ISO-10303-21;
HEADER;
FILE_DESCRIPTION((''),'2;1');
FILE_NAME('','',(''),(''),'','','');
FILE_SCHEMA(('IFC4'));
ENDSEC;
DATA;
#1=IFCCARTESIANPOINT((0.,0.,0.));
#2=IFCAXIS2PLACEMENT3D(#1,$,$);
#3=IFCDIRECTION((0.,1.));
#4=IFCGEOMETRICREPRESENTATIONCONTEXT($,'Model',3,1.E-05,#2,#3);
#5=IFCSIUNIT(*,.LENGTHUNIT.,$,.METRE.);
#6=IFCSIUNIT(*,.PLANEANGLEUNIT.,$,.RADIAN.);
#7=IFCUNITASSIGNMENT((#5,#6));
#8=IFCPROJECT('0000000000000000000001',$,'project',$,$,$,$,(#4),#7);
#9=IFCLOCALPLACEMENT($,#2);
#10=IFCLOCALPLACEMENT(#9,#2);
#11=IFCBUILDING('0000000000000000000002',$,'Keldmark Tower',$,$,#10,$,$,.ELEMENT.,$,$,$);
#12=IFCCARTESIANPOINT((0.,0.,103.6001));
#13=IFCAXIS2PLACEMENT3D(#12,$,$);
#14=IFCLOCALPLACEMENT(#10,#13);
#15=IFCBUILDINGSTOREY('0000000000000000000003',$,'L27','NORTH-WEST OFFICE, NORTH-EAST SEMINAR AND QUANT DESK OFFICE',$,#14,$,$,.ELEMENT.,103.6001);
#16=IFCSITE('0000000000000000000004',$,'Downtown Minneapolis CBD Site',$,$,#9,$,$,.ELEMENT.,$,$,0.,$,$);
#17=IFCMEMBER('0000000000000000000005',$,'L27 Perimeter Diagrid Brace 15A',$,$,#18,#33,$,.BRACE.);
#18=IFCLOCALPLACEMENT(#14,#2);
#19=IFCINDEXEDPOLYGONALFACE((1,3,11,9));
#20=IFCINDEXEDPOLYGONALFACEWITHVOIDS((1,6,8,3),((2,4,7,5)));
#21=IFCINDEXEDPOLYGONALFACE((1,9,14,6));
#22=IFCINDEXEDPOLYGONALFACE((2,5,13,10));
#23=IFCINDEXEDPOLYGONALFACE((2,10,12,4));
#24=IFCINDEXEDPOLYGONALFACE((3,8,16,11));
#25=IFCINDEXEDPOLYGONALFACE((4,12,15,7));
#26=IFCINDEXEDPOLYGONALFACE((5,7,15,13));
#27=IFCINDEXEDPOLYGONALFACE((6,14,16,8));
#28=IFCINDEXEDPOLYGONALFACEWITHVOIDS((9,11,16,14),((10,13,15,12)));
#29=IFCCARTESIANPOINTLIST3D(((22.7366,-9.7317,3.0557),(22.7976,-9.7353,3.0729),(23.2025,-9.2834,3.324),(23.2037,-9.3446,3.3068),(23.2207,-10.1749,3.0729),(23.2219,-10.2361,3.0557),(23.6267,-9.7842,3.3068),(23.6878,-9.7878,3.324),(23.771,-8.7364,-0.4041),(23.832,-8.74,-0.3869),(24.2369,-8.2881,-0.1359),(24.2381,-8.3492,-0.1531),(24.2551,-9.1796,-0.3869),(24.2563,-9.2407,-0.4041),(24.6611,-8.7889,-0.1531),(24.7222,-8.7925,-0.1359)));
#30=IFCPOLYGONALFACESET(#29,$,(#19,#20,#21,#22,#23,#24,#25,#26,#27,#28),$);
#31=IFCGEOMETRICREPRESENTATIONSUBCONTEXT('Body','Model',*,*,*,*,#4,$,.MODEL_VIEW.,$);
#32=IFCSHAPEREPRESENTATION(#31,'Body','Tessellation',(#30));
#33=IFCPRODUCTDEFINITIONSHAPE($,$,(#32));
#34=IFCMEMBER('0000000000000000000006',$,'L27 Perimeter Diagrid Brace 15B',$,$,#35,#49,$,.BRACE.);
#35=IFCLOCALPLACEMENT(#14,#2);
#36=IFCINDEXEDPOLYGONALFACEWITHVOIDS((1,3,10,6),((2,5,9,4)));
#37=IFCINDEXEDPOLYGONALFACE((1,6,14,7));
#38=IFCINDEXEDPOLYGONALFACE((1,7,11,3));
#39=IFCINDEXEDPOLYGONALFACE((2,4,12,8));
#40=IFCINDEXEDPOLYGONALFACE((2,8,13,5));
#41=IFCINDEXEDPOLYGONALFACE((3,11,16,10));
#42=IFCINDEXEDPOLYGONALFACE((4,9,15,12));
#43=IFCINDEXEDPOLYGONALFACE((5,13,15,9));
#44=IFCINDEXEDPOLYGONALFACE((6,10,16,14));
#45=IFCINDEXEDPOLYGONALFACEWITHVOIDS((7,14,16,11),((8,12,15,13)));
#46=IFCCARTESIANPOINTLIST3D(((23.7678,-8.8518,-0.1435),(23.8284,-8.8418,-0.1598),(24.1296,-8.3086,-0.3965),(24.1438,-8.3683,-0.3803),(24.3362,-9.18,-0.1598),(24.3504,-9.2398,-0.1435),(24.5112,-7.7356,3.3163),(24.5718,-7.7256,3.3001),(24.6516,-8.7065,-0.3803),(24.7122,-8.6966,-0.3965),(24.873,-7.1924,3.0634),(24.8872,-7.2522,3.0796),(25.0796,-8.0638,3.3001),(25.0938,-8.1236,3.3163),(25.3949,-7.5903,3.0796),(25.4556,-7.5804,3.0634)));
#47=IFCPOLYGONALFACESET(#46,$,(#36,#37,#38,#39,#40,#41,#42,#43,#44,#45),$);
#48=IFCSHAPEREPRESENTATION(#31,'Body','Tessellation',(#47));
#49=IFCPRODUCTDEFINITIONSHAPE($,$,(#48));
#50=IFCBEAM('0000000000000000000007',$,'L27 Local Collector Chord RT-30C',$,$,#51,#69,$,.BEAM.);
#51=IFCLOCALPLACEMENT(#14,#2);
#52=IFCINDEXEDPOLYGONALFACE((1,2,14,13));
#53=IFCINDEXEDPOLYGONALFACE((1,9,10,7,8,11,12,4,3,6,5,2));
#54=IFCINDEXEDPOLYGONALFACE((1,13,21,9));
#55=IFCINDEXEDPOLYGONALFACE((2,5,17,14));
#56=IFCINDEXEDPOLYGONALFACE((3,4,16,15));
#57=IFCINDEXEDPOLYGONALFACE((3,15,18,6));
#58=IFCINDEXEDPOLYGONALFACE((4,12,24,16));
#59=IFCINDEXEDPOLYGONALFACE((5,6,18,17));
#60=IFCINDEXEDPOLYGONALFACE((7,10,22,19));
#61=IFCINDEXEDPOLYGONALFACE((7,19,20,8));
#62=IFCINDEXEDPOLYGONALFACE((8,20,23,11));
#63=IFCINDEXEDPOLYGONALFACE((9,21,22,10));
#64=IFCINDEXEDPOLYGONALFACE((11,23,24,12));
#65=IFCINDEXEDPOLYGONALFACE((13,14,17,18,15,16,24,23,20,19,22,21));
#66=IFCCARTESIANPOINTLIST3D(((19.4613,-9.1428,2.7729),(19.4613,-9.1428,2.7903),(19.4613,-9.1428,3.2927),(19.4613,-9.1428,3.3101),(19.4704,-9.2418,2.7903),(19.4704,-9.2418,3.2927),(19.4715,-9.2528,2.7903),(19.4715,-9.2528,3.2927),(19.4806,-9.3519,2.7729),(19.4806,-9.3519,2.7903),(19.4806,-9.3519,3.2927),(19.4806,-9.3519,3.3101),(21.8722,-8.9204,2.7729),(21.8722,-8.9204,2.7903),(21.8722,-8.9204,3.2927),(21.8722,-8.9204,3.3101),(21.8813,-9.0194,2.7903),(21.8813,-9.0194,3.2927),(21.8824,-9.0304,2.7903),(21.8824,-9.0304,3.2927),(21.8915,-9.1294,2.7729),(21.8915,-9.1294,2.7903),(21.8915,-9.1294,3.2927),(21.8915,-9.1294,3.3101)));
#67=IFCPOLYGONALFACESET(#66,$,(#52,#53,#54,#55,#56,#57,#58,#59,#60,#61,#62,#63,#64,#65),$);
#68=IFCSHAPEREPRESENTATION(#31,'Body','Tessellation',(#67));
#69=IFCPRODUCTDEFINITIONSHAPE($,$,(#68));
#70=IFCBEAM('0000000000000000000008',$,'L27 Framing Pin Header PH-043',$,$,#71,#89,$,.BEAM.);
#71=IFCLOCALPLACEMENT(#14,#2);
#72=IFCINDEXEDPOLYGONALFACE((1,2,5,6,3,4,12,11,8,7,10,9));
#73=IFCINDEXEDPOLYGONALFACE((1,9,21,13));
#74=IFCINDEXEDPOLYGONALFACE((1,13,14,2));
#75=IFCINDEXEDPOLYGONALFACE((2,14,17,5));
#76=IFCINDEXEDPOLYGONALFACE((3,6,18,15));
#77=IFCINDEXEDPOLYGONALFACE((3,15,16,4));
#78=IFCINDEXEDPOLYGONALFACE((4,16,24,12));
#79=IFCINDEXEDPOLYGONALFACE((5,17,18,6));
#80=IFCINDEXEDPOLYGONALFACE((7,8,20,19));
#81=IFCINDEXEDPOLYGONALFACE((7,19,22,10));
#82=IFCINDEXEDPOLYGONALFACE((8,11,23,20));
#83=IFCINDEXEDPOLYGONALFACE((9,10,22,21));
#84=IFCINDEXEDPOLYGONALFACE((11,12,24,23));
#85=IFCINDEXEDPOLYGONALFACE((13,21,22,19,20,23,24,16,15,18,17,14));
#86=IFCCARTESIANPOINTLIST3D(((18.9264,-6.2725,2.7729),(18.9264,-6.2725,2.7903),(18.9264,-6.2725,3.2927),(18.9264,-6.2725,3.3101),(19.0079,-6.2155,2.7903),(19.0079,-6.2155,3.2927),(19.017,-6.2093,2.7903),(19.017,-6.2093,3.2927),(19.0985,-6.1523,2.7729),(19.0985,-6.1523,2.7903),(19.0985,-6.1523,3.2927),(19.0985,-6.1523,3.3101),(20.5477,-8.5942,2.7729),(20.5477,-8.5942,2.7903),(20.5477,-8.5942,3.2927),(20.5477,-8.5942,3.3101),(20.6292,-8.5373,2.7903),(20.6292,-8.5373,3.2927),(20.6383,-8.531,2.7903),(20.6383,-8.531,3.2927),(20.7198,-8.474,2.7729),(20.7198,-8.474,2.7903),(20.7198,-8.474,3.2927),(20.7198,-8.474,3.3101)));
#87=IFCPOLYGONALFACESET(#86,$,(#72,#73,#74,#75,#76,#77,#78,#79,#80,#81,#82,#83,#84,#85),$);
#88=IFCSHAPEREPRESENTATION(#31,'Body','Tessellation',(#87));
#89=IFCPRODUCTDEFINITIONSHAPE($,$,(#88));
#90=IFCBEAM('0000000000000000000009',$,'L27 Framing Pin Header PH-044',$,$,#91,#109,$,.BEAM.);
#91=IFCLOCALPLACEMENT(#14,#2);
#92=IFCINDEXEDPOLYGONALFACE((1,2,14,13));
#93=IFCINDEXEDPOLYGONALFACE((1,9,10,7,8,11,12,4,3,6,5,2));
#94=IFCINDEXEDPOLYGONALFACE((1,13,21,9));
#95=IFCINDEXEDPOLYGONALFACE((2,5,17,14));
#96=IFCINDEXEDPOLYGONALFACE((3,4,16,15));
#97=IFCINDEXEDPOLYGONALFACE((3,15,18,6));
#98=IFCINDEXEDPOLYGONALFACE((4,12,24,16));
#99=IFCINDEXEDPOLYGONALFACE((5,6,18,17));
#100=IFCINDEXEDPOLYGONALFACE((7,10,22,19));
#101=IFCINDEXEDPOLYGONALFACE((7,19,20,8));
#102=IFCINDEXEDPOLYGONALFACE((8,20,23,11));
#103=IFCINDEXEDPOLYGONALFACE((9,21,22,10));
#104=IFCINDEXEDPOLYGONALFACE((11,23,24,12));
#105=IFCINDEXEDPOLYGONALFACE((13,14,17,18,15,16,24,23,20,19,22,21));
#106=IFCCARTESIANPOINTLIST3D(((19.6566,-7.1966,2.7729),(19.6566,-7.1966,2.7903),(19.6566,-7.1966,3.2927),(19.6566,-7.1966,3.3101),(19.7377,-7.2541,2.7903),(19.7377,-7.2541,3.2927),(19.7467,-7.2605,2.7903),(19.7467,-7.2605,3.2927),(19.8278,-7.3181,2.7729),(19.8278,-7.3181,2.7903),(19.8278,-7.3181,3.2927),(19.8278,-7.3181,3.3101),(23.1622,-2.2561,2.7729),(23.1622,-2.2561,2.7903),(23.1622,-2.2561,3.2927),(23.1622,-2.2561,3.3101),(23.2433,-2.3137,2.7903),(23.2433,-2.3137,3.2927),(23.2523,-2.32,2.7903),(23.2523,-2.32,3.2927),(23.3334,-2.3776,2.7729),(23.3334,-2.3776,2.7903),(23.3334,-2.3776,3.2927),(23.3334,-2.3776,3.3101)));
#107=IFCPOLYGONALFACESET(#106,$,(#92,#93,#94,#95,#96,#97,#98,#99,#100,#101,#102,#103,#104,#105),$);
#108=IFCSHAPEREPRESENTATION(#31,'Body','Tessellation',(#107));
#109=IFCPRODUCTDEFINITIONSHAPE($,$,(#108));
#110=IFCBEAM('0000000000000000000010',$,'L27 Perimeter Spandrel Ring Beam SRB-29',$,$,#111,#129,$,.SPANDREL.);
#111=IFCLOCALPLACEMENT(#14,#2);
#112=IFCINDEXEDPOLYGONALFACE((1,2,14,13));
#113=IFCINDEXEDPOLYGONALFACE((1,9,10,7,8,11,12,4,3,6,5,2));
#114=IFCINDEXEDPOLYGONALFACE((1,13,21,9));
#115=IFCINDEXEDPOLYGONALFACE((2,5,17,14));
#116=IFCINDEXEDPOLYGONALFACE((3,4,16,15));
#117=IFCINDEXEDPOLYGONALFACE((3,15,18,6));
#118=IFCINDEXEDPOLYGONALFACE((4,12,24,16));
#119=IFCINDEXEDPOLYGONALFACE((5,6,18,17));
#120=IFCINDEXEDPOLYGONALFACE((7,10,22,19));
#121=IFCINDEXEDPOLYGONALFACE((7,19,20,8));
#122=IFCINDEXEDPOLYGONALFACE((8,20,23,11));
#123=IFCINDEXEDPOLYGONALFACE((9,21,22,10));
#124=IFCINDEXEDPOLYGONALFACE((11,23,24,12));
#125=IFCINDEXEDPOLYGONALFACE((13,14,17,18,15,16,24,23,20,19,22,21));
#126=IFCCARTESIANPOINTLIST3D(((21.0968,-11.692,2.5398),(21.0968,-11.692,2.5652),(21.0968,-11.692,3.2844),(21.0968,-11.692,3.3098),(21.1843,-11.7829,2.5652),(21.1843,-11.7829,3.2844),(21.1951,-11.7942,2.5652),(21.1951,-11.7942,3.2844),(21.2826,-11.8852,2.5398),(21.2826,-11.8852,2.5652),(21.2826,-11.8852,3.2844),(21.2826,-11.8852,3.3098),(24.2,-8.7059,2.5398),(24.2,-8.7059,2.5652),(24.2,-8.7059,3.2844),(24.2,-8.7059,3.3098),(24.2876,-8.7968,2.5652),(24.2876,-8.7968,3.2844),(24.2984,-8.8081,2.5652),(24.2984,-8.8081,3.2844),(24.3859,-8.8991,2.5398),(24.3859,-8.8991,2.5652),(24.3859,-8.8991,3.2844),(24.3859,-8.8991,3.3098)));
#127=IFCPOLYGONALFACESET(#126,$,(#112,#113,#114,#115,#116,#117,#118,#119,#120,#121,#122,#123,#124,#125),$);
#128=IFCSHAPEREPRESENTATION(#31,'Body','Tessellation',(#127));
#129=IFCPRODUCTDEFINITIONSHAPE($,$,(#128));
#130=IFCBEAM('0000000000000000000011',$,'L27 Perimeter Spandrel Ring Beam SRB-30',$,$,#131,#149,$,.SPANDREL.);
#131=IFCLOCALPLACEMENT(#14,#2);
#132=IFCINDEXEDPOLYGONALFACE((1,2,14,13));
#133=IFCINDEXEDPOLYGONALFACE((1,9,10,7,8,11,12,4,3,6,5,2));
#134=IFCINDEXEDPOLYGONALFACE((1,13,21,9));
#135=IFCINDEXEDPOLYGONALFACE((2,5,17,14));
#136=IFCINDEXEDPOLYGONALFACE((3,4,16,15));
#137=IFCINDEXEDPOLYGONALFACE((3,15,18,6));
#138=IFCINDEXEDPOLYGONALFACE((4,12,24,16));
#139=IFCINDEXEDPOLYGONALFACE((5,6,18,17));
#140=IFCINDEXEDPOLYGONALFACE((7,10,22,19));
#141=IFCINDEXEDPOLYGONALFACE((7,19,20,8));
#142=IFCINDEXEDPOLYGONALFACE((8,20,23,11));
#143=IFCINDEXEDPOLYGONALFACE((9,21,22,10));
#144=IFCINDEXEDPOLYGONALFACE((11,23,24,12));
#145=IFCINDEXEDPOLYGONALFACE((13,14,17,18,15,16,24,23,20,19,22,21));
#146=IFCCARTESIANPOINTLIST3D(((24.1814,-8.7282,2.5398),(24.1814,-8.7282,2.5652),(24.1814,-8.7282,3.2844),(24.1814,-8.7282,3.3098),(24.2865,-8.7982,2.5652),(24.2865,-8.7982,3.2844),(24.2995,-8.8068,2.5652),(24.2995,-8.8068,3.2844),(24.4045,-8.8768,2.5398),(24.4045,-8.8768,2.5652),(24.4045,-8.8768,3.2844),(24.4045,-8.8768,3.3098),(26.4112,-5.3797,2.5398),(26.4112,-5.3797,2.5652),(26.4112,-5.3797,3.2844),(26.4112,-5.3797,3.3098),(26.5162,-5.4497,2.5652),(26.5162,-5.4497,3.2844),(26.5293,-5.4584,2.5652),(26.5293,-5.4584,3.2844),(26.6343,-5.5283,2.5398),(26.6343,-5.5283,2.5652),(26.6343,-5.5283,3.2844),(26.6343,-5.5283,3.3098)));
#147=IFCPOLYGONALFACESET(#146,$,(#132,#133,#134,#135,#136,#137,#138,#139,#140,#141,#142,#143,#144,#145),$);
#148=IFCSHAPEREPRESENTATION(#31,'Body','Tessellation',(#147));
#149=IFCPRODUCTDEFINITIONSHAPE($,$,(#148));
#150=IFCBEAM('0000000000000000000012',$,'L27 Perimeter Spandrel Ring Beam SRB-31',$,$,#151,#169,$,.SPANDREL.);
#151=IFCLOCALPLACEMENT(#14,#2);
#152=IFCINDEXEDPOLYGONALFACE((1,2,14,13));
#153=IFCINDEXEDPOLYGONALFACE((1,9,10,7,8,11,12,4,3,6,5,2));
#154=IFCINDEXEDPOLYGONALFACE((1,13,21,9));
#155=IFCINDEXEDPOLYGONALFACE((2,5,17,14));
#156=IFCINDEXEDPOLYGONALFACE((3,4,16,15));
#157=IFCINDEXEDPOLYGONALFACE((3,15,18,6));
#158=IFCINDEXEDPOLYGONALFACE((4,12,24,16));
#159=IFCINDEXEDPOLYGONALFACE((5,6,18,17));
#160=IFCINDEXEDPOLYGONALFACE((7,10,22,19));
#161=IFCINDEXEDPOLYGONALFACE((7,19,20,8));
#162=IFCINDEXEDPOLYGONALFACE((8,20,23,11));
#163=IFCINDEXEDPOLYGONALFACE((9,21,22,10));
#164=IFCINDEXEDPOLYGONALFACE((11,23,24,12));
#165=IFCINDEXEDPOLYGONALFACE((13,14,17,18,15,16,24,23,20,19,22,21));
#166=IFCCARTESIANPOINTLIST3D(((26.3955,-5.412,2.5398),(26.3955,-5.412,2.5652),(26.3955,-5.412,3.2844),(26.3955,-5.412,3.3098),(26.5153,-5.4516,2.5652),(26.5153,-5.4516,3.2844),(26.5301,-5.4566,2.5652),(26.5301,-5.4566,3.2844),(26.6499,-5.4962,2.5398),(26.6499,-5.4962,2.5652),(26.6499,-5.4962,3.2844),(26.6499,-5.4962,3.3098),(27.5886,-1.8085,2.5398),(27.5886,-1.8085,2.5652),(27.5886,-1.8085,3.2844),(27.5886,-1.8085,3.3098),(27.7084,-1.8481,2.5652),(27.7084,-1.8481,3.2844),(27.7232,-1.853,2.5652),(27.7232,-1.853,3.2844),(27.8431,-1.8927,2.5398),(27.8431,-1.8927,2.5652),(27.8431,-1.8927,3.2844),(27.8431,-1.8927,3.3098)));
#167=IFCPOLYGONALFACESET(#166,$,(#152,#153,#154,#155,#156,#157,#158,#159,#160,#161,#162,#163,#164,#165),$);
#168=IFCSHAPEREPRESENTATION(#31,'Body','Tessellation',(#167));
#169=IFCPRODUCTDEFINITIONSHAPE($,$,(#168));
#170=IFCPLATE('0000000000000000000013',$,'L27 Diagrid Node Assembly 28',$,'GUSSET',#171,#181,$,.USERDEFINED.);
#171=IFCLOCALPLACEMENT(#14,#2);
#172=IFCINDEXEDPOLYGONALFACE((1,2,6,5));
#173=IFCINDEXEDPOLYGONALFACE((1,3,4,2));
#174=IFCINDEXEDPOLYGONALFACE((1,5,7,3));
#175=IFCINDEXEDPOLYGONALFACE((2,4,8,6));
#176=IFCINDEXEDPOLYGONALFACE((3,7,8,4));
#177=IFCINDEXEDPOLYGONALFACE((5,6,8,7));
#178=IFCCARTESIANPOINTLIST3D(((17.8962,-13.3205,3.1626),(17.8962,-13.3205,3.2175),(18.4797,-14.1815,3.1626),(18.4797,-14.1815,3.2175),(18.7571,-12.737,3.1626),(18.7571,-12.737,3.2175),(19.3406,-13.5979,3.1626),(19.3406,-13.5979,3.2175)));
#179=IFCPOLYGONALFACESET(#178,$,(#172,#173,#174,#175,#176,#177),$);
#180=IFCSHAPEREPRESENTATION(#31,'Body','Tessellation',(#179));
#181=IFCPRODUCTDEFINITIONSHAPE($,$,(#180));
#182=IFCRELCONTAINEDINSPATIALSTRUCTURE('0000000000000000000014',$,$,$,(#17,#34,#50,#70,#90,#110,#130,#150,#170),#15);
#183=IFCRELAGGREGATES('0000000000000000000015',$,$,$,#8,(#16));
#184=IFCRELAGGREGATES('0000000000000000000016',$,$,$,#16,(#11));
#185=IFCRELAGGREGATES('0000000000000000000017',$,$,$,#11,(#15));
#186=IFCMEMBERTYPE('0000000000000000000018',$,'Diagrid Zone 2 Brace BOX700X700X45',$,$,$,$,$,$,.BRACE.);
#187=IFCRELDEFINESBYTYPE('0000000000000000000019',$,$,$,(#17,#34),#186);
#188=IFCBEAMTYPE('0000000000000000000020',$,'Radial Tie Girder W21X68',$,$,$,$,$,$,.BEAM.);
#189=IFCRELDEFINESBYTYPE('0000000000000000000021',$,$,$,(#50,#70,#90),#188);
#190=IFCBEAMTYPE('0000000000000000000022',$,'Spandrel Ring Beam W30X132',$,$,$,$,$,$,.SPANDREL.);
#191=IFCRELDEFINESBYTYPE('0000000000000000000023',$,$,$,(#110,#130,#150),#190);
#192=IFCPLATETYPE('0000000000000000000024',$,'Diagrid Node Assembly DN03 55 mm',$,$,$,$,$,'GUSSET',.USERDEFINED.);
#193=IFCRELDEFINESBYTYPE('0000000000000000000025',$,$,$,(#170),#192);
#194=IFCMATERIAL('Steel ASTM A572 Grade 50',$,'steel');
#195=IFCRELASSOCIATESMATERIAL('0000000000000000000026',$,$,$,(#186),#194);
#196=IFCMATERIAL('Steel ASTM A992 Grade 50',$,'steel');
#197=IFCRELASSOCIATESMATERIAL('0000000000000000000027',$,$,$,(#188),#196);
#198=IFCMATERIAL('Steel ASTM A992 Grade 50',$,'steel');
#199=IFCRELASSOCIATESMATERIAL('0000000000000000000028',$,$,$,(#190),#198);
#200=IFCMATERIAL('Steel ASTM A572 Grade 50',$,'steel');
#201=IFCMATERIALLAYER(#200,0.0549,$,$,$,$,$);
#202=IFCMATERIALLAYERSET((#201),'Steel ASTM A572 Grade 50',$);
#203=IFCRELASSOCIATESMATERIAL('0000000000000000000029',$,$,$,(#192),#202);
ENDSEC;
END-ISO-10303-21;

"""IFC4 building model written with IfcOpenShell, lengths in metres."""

from ifc_helpers import new_model, si_unit, direction, frame, origin, origin_2d, place, context, subcontext, project, spatial, rectangle, hollow_rectangle, i_section, extrude, material, layer, layer_set, material_profile, profile_set, type_object, element, save


model = new_model("IFC4")

# Units and contexts
model_context = context("Model", 3, precision=1e-05, world=origin(), true_north=direction((0.0, 1.0)))
body_context = subcontext(model_context, "Body", "Model", "MODEL_VIEW")
ifc_project = project(units=[si_unit("LENGTHUNIT", "METRE"), si_unit("PLANEANGLEUNIT", "RADIAN")], contexts=[model_context])

# Site, building, storey
site_placement = place(None, origin())
site = spatial("IfcSite", under=ifc_project, at=site_placement, Name="Downtown Minneapolis CBD Site", CompositionType="ELEMENT", RefElevation=0.0)
building_placement = place(site_placement, origin())
building = spatial("IfcBuilding", under=site, at=building_placement, Name="Keldmark Tower", CompositionType="ELEMENT")
storey_placement = place(building_placement, frame((0.0, 0.0, 103.6001)))
storey = spatial("IfcBuildingStorey", under=building, at=storey_placement, Name="L27", Description="NORTH-WEST OFFICE, NORTH-EAST SEMINAR AND QUANT DESK OFFICE", CompositionType="ELEMENT", Elevation=103.6001)

# Members
ifc_material_1 = material(Name="Steel ASTM A572 Grade 50", Category="steel")
ifc_material_profile_1 = material_profile(ifc_material_1, hollow_rectangle(XDim=0.7, YDim=0.7, WallThickness=0.0449, at=origin_2d()), Name="BOX700X700X45")
ifc_profile_set_1 = profile_set([ifc_material_profile_1], Name="Steel ASTM A572 Grade 50")
member_type = type_object("IfcMemberType", Name="Diagrid Zone 2 Brace BOX700X700X45", PredefinedType="BRACE", material=ifc_profile_set_1)
member_1_placement = place(storey_placement, frame((24.2466, -8.7644, -0.27), z_axis=(-0.276145, -0.265717, 0.923655), x_axis=(0.69337, -0.720581, 0.0)))
element("IfcMember", 1, at=member_1_placement, inside=storey, type_object=member_type, Name="L27 Perimeter Diagrid Brace 15A", PredefinedType="BRACE", context=body_context, shape_type="SweptSolid", body=[
    extrude(hollow_rectangle(XDim=0.7, YDim=0.7, WallThickness=0.0449, at=origin_2d()), origin(), (0.0, 0.0, 1.0), 3.7458),
])
member_2_placement = place(storey_placement, frame((24.24, -8.7742, -0.27), z_axis=(0.200337, 0.300802, 0.932407), x_axis=(-0.832302, 0.554322, 0.0)))
element("IfcMember", 2, at=member_2_placement, inside=storey, type_object=member_type, Name="L27 Perimeter Diagrid Brace 15B", PredefinedType="BRACE", context=body_context, shape_type="SweptSolid", body=[
    extrude(hollow_rectangle(XDim=0.7, YDim=0.7, WallThickness=0.0449, at=origin_2d()), origin(), (0.0, 0.0, 1.0), 3.7107),
])

# Beams
ifc_material_2 = material(Name="Steel ASTM A992 Grade 50", Category="steel")
ifc_material_profile_2 = material_profile(ifc_material_2, i_section(OverallWidth=0.21, OverallDepth=0.5371, WebThickness=0.011, FlangeThickness=0.0173, at=origin_2d()), Name="W21X68")
ifc_profile_set_2 = profile_set([ifc_material_profile_2], Name="Steel ASTM A992 Grade 50")
beam_type_1 = type_object("IfcBeamType", Name="Radial Tie Girder W21X68", PredefinedType="BEAM", material=ifc_profile_set_2)
beam_1_placement = place(storey_placement, frame((19.4709, -9.2473, 3.0415), z_axis=(0.995772, 0.091863, 0.0), x_axis=(-0.091863, 0.995772, 0.0)))
element("IfcBeam", 3, at=beam_1_placement, inside=storey, type_object=beam_type_1, Name="L27 Local Collector Chord RT-30C", PredefinedType="BEAM", context=body_context, shape_type="SweptSolid", body=[
    extrude(i_section(OverallWidth=0.21, OverallDepth=0.5371, WebThickness=0.011, FlangeThickness=0.0173, at=origin_2d()), origin(), (0.0, 0.0, 1.0), 2.4211),
])
beam_2_placement = place(storey_placement, frame((19.0125, -6.2124, 3.0415), z_axis=(0.572536, -0.819879, 0.0), x_axis=(0.819879, 0.572536, 0.0)))
element("IfcBeam", 4, at=beam_2_placement, inside=storey, type_object=beam_type_1, Name="L27 Framing Pin Header PH-043", PredefinedType="BEAM", context=body_context, shape_type="SweptSolid", body=[
    extrude(i_section(OverallWidth=0.21, OverallDepth=0.5371, WebThickness=0.011, FlangeThickness=0.0173, at=origin_2d()), origin(), (0.0, 0.0, 1.0), 2.8318),
])
beam_3_placement = place(storey_placement, frame((19.7422, -7.2573, 3.0415), z_axis=(0.578693, 0.815546, 0.0), x_axis=(-0.815546, 0.578693, 0.0)))
element("IfcBeam", 5, at=beam_3_placement, inside=storey, type_object=beam_type_1, Name="L27 Framing Pin Header PH-044", PredefinedType="BEAM", context=body_context, shape_type="SweptSolid", body=[
    extrude(i_section(OverallWidth=0.21, OverallDepth=0.5371, WebThickness=0.011, FlangeThickness=0.0173, at=origin_2d()), origin(), (0.0, 0.0, 1.0), 6.0579),
])
ifc_material_3 = material(Name="Steel ASTM A992 Grade 50", Category="steel")
ifc_material_profile_3 = material_profile(ifc_material_3, i_section(OverallWidth=0.2681, OverallDepth=0.77, WebThickness=0.0156, FlangeThickness=0.0254, at=origin_2d()), Name="W30X132")
ifc_profile_set_3 = profile_set([ifc_material_profile_3], Name="Steel ASTM A992 Grade 50")
beam_type_2 = type_object("IfcBeamType", Name="Spandrel Ring Beam W30X132", PredefinedType="SPANDREL", material=ifc_profile_set_3)
beam_4_placement = place(storey_placement, frame((21.1897, -11.7886, 2.9248), z_axis=(0.720581, 0.69337, 0.0), x_axis=(-0.69337, 0.720581, 0.0)))
element("IfcBeam", 6, at=beam_4_placement, inside=storey, type_object=beam_type_2, Name="L27 Perimeter Spandrel Ring Beam SRB-29", PredefinedType="SPANDREL", context=body_context, shape_type="SweptSolid", body=[
    extrude(i_section(OverallWidth=0.2681, OverallDepth=0.77, WebThickness=0.0156, FlangeThickness=0.0254, at=origin_2d()), origin(), (0.0, 0.0, 1.0), 4.3066),
])
beam_5_placement = place(storey_placement, frame((24.293, -8.8025, 2.9248), z_axis=(0.554266, 0.83234, 0.0), x_axis=(-0.83234, 0.554266, 0.0)))
element("IfcBeam", 7, at=beam_5_placement, inside=storey, type_object=beam_type_2, Name="L27 Perimeter Spandrel Ring Beam SRB-30", PredefinedType="SPANDREL", context=body_context, shape_type="SweptSolid", body=[
    extrude(i_section(OverallWidth=0.2681, OverallDepth=0.77, WebThickness=0.0156, FlangeThickness=0.0254, at=origin_2d()), origin(), (0.0, 0.0, 1.0), 4.0229),
])
beam_6_placement = place(storey_placement, frame((26.5227, -5.4541, 2.9248), z_axis=(0.314317, 0.949318, 0.0), x_axis=(-0.949318, 0.314317, 0.0)))
element("IfcBeam", 8, at=beam_6_placement, inside=storey, type_object=beam_type_2, Name="L27 Perimeter Spandrel Ring Beam SRB-31", PredefinedType="SPANDREL", context=body_context, shape_type="SweptSolid", body=[
    extrude(i_section(OverallWidth=0.2681, OverallDepth=0.77, WebThickness=0.0156, FlangeThickness=0.0254, at=origin_2d()), origin(), (0.0, 0.0, 1.0), 3.7959),
])

# Plate
ifc_material_4 = material(Name="Steel ASTM A572 Grade 50", Category="steel")
ifc_layer_1 = layer(ifc_material_4, 0.0549)
ifc_layer_set_1 = layer_set([ifc_layer_1], Name="Steel ASTM A572 Grade 50")
plate_type = type_object("IfcPlateType", Name="Diagrid Node Assembly DN03 55 mm", ElementType="GUSSET", PredefinedType="USERDEFINED", material=ifc_layer_set_1)
for number, where, z_axis, x_axis, name in (
    (9, (18.6184, -13.4592, 3.1626), (0.0, 0.0, 1.0), (0.827767, 0.561072, 0.0), "L27 Diagrid Node Assembly 28"),
):
    element("IfcPlate", number, at=place(storey_placement, frame(where, z_axis=z_axis, x_axis=x_axis)), inside=storey, type_object=plate_type, Name=name, ObjectType="GUSSET", PredefinedType="USERDEFINED", context=body_context, shape_type="SweptSolid", body=[
        extrude(rectangle(XDim=1.04, YDim=1.04, at=origin_2d()), origin(), (0.0, 0.0, 1.0), 0.0549),
    ])

save(model, "model.ifc")
